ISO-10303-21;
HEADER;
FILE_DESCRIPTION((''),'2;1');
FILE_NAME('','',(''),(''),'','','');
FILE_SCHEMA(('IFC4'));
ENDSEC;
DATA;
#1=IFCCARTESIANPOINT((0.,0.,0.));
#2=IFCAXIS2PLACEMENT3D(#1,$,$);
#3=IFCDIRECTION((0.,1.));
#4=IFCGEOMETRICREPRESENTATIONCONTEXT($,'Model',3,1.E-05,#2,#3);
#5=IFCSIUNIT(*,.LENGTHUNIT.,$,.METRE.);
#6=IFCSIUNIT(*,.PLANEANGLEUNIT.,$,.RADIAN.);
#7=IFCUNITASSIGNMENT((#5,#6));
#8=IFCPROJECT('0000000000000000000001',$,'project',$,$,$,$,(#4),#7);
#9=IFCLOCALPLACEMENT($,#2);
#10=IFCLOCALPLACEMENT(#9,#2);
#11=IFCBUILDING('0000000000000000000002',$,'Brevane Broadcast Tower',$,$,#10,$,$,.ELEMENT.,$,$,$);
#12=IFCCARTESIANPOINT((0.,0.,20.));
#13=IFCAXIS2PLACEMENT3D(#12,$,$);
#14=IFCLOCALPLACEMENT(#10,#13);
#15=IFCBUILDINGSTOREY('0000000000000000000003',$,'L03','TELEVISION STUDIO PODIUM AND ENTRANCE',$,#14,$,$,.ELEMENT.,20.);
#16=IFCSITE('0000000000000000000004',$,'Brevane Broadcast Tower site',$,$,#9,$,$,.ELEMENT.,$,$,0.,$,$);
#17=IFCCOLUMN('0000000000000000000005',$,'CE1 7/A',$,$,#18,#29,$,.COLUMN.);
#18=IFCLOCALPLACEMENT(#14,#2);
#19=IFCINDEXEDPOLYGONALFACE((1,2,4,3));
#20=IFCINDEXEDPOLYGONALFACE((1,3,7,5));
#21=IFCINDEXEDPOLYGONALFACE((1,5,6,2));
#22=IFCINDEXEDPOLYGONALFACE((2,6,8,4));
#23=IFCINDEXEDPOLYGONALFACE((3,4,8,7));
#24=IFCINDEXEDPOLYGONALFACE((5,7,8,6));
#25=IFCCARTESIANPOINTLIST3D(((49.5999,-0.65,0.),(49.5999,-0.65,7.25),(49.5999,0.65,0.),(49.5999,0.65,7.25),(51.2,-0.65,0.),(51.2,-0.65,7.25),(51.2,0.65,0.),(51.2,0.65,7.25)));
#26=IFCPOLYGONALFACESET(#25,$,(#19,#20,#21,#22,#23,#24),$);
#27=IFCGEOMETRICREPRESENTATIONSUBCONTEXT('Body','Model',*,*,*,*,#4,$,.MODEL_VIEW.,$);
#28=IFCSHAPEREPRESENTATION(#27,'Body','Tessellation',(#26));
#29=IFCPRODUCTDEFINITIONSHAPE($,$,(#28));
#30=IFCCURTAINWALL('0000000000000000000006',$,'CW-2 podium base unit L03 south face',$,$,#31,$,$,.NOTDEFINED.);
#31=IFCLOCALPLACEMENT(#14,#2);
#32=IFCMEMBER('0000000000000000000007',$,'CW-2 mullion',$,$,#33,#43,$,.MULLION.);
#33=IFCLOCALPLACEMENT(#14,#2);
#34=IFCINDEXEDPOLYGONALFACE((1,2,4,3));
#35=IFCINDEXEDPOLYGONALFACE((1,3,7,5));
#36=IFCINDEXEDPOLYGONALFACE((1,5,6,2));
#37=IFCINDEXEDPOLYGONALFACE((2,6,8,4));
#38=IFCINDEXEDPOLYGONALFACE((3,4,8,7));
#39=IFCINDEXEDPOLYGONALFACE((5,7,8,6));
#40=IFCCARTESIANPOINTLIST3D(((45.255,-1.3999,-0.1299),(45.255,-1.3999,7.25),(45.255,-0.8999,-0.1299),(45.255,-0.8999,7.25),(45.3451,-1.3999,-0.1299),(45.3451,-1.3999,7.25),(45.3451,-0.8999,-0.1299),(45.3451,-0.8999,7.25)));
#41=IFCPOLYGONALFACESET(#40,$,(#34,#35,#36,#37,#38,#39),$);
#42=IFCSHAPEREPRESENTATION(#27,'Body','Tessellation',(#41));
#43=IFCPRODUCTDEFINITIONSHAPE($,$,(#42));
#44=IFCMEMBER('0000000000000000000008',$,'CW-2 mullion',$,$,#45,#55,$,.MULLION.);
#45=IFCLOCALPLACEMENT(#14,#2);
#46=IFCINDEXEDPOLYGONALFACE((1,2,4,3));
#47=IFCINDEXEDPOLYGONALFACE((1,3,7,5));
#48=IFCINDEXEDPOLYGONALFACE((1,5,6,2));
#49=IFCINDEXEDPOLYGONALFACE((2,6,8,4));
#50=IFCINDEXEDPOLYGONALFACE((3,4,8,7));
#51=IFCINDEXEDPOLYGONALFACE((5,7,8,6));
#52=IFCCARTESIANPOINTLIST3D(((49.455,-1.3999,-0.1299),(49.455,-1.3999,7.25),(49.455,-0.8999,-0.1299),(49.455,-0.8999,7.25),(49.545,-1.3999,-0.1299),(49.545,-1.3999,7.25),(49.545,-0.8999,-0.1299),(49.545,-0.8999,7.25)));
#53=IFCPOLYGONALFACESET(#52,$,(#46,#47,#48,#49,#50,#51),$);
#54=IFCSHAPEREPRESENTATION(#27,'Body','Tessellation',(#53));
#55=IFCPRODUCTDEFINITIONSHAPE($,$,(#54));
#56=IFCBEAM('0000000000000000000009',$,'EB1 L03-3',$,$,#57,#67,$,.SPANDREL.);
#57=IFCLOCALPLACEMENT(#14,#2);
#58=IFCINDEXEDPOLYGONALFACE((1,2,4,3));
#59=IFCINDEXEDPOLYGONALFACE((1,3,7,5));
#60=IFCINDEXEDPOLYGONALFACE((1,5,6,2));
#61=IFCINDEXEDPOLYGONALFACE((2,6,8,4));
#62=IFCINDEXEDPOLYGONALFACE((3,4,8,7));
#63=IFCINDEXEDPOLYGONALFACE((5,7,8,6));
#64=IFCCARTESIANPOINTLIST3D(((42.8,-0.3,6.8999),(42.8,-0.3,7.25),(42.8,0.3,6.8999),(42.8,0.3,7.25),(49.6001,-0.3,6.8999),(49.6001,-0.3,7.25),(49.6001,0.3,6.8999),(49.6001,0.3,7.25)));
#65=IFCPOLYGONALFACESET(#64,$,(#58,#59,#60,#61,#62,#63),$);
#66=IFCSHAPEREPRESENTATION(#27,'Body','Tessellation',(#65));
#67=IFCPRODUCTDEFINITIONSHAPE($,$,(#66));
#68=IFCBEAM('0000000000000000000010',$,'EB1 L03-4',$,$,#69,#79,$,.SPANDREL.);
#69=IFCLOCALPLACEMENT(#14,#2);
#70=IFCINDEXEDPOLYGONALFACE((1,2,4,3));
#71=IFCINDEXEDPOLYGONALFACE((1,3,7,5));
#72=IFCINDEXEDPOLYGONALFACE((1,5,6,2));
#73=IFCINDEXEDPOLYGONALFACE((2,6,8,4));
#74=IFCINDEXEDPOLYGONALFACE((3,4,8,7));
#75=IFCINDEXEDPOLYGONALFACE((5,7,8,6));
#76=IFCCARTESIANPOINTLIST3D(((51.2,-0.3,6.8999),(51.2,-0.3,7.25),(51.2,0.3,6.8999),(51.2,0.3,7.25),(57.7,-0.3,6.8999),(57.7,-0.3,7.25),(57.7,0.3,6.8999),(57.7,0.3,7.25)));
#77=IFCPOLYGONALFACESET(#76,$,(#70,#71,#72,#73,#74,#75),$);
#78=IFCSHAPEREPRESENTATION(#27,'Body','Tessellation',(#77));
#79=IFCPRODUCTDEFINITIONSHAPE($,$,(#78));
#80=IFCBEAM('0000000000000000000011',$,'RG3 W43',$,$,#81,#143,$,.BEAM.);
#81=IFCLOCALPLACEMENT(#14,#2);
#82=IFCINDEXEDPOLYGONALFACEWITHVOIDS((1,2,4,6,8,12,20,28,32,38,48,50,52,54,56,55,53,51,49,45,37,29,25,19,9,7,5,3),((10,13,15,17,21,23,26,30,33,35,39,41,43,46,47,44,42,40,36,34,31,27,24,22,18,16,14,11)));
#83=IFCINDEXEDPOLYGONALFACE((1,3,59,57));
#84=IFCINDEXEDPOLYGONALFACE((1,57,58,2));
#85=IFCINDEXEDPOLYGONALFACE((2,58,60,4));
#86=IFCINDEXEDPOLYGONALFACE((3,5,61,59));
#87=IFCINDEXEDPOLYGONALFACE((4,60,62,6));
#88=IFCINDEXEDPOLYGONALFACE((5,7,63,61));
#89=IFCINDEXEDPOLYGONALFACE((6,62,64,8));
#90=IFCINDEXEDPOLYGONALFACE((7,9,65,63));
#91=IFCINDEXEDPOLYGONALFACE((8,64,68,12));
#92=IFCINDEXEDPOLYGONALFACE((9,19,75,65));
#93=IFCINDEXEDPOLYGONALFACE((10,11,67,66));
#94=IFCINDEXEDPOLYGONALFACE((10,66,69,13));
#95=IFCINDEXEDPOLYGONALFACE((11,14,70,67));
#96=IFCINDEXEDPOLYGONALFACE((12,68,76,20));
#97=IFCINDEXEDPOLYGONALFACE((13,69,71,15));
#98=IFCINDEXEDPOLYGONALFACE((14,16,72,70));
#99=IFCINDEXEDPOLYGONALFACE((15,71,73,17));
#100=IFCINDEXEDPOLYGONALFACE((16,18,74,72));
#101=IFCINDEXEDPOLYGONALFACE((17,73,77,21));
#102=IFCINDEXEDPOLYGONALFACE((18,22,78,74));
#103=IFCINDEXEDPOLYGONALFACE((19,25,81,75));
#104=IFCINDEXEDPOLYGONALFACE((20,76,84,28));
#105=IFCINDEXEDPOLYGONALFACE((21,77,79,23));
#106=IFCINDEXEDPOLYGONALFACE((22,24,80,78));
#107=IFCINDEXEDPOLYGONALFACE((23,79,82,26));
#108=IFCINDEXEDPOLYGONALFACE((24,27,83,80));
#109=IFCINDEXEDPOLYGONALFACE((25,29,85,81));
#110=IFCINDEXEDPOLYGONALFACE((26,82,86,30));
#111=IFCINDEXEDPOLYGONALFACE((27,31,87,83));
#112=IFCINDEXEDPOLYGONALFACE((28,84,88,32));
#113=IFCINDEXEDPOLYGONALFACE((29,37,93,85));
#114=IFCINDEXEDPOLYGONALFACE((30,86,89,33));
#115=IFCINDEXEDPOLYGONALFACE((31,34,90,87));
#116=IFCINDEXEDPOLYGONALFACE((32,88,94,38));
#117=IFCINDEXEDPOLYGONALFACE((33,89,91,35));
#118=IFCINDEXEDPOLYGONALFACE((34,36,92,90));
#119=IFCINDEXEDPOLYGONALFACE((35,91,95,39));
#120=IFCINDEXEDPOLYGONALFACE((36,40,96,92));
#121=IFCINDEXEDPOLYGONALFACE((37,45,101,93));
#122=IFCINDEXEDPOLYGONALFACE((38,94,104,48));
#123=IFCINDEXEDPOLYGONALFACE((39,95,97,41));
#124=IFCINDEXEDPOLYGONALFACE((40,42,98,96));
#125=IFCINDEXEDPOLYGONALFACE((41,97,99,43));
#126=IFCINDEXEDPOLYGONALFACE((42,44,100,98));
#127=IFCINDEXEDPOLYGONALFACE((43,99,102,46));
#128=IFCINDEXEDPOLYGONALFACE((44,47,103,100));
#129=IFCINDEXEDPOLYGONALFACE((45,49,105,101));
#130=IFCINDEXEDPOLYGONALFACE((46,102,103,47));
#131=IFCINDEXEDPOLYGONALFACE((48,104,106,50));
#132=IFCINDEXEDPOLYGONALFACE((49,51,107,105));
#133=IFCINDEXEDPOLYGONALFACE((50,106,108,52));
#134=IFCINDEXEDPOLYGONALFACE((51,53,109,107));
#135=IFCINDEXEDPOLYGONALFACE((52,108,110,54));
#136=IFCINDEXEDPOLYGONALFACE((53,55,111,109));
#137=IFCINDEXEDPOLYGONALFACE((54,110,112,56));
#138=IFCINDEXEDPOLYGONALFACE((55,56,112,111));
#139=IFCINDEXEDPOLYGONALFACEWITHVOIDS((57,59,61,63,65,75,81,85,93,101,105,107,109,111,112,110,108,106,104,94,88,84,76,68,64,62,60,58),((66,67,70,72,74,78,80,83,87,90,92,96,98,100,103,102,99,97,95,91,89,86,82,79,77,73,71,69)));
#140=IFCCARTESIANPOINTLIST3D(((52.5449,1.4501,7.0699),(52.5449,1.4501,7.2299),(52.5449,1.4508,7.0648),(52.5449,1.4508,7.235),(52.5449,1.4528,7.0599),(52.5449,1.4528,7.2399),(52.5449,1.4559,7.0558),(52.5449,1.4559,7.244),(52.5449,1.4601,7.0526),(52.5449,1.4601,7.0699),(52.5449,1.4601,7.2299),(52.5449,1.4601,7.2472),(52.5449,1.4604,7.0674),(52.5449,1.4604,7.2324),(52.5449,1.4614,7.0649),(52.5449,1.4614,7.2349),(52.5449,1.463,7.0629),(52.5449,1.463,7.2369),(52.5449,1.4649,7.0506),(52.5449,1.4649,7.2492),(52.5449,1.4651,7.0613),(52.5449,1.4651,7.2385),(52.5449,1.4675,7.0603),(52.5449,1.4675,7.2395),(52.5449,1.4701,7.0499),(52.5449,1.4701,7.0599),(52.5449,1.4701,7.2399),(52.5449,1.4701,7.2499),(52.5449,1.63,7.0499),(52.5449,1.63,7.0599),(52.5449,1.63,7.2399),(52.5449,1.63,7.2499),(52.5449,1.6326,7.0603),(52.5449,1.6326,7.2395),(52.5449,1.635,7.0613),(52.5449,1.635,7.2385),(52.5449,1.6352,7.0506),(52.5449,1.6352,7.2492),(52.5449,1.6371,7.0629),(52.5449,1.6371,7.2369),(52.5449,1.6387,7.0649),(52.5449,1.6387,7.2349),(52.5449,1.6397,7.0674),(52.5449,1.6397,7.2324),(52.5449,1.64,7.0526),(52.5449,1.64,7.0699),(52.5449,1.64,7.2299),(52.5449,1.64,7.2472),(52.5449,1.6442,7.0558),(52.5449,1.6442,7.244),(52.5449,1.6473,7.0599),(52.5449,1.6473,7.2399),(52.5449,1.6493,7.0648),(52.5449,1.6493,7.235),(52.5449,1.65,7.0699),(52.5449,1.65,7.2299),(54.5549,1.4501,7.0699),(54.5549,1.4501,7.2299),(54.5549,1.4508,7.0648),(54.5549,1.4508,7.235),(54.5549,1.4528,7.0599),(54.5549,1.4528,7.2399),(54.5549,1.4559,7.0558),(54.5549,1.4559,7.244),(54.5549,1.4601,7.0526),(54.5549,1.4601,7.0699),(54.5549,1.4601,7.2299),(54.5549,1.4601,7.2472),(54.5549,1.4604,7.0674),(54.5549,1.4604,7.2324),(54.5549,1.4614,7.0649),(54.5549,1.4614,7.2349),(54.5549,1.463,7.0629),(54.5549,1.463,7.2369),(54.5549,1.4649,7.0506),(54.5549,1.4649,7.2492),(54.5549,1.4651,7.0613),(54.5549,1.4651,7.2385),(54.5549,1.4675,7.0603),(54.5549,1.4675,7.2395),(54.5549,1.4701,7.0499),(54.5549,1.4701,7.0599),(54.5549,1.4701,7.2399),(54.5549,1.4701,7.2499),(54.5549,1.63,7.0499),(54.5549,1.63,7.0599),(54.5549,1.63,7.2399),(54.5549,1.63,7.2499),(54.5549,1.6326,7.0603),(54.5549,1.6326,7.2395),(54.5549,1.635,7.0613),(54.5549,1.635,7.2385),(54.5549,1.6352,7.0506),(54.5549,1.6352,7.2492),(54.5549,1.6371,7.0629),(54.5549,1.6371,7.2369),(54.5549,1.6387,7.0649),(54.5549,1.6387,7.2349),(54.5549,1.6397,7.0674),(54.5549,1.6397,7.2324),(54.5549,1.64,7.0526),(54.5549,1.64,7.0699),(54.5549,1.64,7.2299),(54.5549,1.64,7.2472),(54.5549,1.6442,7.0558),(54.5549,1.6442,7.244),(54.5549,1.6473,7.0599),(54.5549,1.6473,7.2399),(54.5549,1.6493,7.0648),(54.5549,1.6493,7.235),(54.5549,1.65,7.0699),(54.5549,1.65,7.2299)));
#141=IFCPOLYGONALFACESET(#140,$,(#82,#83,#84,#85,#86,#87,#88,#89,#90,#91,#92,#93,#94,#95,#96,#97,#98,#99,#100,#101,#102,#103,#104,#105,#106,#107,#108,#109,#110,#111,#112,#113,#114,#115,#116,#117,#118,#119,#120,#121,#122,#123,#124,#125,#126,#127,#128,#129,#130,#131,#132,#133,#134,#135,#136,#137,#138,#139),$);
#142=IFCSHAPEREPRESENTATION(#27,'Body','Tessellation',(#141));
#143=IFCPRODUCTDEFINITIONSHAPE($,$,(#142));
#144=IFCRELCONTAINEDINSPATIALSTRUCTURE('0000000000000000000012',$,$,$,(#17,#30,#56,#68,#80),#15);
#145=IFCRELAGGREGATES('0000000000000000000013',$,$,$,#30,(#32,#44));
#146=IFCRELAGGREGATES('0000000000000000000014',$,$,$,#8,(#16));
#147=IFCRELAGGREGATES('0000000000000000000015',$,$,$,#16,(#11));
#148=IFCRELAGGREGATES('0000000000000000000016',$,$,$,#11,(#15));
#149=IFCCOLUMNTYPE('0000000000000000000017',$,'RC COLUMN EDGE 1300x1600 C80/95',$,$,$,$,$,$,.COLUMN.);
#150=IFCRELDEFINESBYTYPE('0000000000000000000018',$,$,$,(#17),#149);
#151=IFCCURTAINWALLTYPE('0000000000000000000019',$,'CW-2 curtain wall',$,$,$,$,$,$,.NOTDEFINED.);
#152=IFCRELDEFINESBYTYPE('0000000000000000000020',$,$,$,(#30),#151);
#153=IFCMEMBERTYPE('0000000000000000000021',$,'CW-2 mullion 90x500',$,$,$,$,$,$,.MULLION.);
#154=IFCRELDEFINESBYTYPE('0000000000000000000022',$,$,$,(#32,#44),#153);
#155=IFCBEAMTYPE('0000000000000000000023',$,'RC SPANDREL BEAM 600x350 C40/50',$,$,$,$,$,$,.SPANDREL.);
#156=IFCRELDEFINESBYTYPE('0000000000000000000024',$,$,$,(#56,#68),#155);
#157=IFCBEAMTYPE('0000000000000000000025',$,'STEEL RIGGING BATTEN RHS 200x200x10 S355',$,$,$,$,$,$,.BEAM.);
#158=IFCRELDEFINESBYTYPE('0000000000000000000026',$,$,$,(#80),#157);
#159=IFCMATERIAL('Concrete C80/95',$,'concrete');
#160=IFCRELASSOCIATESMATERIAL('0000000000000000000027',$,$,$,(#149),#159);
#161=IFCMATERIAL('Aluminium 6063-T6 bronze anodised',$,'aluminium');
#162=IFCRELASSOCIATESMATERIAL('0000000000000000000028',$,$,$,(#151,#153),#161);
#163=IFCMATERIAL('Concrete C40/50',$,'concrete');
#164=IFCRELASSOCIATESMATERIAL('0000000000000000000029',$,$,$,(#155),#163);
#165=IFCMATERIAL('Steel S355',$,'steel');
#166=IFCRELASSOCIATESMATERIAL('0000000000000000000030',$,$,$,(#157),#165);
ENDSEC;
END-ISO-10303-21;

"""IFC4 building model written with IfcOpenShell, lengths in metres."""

from ifc_helpers import new_model, si_unit, direction, frame, origin, origin_2d, place, context, subcontext, project, spatial, rectangle, hollow_rectangle, extrude, material, material_profile, profile_set, type_object, element, aggregate, save


model = new_model("IFC4")

# Units and contexts
model_context = context("Model", 3, precision=1e-05, world=origin(), true_north=direction((0.0, 1.0)))
body_context = subcontext(model_context, "Body", "Model", "MODEL_VIEW")
ifc_project = project(units=[si_unit("LENGTHUNIT", "METRE"), si_unit("PLANEANGLEUNIT", "RADIAN")], contexts=[model_context])

# Site, building, storey
site_placement = place(None, origin())
site = spatial("IfcSite", under=ifc_project, at=site_placement, Name="Brevane Broadcast Tower site", CompositionType="ELEMENT", RefElevation=0.0)
building_placement = place(site_placement, origin())
building = spatial("IfcBuilding", under=site, at=building_placement, Name="Brevane Broadcast Tower", CompositionType="ELEMENT")
storey_placement = place(building_placement, frame((0.0, 0.0, 20.0)))
storey = spatial("IfcBuildingStorey", under=building, at=storey_placement, Name="L03", Description="TELEVISION STUDIO PODIUM AND ENTRANCE", CompositionType="ELEMENT", Elevation=20.0)

# Column
ifc_material_1 = material(Name="Concrete C80/95", Category="concrete")
ifc_material_profile_1 = material_profile(ifc_material_1, rectangle(XDim=1.3, YDim=1.6001, at=origin_2d()), Name="RC 1300x1600")
ifc_profile_set_1 = profile_set([ifc_material_profile_1], Name="Concrete C80/95")
column_type = type_object("IfcColumnType", Name="RC COLUMN EDGE 1300x1600 C80/95", PredefinedType="COLUMN", material=ifc_profile_set_1)
column_placement = place(storey_placement, frame((50.3999, 0.0, 0.0), z_axis=(0.0, 0.0, 1.0), x_axis=(0.0, 1.0, 0.0)))
element("IfcColumn", 1, at=column_placement, inside=storey, type_object=column_type, Name="CE1 7/A", PredefinedType="COLUMN", context=body_context, shape_type="SweptSolid", body=[
    extrude(rectangle(XDim=1.3, YDim=1.6001, at=origin_2d()), origin(), (0.0, 0.0, 1.0), 7.25),
])

# Curtain wall, members
ifc_material_2 = material(Name="Aluminium 6063-T6 bronze anodised", Category="aluminium")
curtain_wall_type = type_object("IfcCurtainWallType", Name="CW-2 curtain wall", PredefinedType="NOTDEFINED", material=ifc_material_2)
curtain_wall_placement = place(storey_placement, origin())
curtain_wall = element("IfcCurtainWall", 2, at=curtain_wall_placement, inside=storey, type_object=curtain_wall_type, Name="CW-2 podium base unit L03 south face", PredefinedType="NOTDEFINED")
ifc_material_profile_2 = material_profile(ifc_material_2, rectangle(XDim=0.5, YDim=0.0901, at=origin_2d()), Name="RECT 90x500")
ifc_profile_set_2 = profile_set([ifc_material_profile_2], Name="Aluminium 6063-T6 bronze anodised")
member_type = type_object("IfcMemberType", Name="CW-2 mullion 90x500", PredefinedType="MULLION", material=ifc_profile_set_2)
member_1_placement = place(storey_placement, frame((45.3, -1.1499, -0.1299), z_axis=(0.0, 0.0, 1.0), x_axis=(0.0, 1.0, 0.0)))
member_1 = element("IfcMember", 3, at=member_1_placement, type_object=member_type, Name="CW-2 mullion", PredefinedType="MULLION", context=body_context, shape_type="SweptSolid", body=[
    extrude(rectangle(XDim=0.5, YDim=0.0901, at=origin_2d()), origin(), (0.0, 0.0, 1.0), 7.3799),
])
member_2_placement = place(storey_placement, frame((49.5, -1.1499, -0.1299), z_axis=(0.0, 0.0, 1.0), x_axis=(0.0, 1.0, 0.0)))
member_2 = element("IfcMember", 4, at=member_2_placement, type_object=member_type, Name="CW-2 mullion", PredefinedType="MULLION", context=body_context, shape_type="SweptSolid", body=[
    extrude(rectangle(XDim=0.5, YDim=0.0901, at=origin_2d()), origin(), (0.0, 0.0, 1.0), 7.3799),
])
aggregate(curtain_wall, [member_1, member_2])

# Beams
ifc_material_3 = material(Name="Concrete C40/50", Category="concrete")
ifc_material_profile_3 = material_profile(ifc_material_3, rectangle(XDim=0.6001, YDim=0.3501, at=origin_2d()), Name="RC 600x350")
ifc_profile_set_3 = profile_set([ifc_material_profile_3], Name="Concrete C40/50")
beam_type_1 = type_object("IfcBeamType", Name="RC SPANDREL BEAM 600x350 C40/50", PredefinedType="SPANDREL", material=ifc_profile_set_3)
beam_1_placement = place(storey_placement, frame((42.8, 0.0, 7.075), z_axis=(1.0, 0.0, 0.0), x_axis=(0.0, 1.0, 0.0)))
element("IfcBeam", 5, at=beam_1_placement, inside=storey, type_object=beam_type_1, Name="EB1 L03-3", PredefinedType="SPANDREL", context=body_context, shape_type="SweptSolid", body=[
    extrude(rectangle(XDim=0.6001, YDim=0.3501, at=origin_2d()), origin(), (0.0, 0.0, 1.0), 6.8),
])
beam_2_placement = place(storey_placement, frame((51.2, 0.0, 7.075), z_axis=(1.0, 0.0, 0.0), x_axis=(0.0, 1.0, 0.0)))
element("IfcBeam", 6, at=beam_2_placement, inside=storey, type_object=beam_type_1, Name="EB1 L03-4", PredefinedType="SPANDREL", context=body_context, shape_type="SweptSolid", body=[
    extrude(rectangle(XDim=0.6001, YDim=0.3501, at=origin_2d()), origin(), (0.0, 0.0, 1.0), 6.5),
])
ifc_material_4 = material(Name="Steel S355", Category="steel")
ifc_material_profile_4 = material_profile(ifc_material_4, hollow_rectangle(XDim=0.2, YDim=0.2, WallThickness=0.01, InnerFilletRadius=0.01, OuterFilletRadius=0.02, at=origin_2d()), Name="RHS 200x200x10")
ifc_profile_set_4 = profile_set([ifc_material_profile_4], Name="Steel S355")
beam_type_2 = type_object("IfcBeamType", Name="STEEL RIGGING BATTEN RHS 200x200x10 S355", PredefinedType="BEAM", material=ifc_profile_set_4)
for number, where, z_axis, x_axis, name in (
    (7, (52.5449, 1.55, 7.1499), (1.0, 0.0, 0.0), (0.0, 1.0, 0.0), "RG3 W43"),
):
    element("IfcBeam", number, at=place(storey_placement, frame(where, z_axis=z_axis, x_axis=x_axis)), inside=storey, type_object=beam_type_2, Name=name, PredefinedType="BEAM", context=body_context, shape_type="SweptSolid", body=[
        extrude(hollow_rectangle(XDim=0.2, YDim=0.2, WallThickness=0.01, InnerFilletRadius=0.01, OuterFilletRadius=0.02, at=origin_2d()), origin(), (0.0, 0.0, 1.0), 2.01),
    ])

save(model, "model.ifc")
